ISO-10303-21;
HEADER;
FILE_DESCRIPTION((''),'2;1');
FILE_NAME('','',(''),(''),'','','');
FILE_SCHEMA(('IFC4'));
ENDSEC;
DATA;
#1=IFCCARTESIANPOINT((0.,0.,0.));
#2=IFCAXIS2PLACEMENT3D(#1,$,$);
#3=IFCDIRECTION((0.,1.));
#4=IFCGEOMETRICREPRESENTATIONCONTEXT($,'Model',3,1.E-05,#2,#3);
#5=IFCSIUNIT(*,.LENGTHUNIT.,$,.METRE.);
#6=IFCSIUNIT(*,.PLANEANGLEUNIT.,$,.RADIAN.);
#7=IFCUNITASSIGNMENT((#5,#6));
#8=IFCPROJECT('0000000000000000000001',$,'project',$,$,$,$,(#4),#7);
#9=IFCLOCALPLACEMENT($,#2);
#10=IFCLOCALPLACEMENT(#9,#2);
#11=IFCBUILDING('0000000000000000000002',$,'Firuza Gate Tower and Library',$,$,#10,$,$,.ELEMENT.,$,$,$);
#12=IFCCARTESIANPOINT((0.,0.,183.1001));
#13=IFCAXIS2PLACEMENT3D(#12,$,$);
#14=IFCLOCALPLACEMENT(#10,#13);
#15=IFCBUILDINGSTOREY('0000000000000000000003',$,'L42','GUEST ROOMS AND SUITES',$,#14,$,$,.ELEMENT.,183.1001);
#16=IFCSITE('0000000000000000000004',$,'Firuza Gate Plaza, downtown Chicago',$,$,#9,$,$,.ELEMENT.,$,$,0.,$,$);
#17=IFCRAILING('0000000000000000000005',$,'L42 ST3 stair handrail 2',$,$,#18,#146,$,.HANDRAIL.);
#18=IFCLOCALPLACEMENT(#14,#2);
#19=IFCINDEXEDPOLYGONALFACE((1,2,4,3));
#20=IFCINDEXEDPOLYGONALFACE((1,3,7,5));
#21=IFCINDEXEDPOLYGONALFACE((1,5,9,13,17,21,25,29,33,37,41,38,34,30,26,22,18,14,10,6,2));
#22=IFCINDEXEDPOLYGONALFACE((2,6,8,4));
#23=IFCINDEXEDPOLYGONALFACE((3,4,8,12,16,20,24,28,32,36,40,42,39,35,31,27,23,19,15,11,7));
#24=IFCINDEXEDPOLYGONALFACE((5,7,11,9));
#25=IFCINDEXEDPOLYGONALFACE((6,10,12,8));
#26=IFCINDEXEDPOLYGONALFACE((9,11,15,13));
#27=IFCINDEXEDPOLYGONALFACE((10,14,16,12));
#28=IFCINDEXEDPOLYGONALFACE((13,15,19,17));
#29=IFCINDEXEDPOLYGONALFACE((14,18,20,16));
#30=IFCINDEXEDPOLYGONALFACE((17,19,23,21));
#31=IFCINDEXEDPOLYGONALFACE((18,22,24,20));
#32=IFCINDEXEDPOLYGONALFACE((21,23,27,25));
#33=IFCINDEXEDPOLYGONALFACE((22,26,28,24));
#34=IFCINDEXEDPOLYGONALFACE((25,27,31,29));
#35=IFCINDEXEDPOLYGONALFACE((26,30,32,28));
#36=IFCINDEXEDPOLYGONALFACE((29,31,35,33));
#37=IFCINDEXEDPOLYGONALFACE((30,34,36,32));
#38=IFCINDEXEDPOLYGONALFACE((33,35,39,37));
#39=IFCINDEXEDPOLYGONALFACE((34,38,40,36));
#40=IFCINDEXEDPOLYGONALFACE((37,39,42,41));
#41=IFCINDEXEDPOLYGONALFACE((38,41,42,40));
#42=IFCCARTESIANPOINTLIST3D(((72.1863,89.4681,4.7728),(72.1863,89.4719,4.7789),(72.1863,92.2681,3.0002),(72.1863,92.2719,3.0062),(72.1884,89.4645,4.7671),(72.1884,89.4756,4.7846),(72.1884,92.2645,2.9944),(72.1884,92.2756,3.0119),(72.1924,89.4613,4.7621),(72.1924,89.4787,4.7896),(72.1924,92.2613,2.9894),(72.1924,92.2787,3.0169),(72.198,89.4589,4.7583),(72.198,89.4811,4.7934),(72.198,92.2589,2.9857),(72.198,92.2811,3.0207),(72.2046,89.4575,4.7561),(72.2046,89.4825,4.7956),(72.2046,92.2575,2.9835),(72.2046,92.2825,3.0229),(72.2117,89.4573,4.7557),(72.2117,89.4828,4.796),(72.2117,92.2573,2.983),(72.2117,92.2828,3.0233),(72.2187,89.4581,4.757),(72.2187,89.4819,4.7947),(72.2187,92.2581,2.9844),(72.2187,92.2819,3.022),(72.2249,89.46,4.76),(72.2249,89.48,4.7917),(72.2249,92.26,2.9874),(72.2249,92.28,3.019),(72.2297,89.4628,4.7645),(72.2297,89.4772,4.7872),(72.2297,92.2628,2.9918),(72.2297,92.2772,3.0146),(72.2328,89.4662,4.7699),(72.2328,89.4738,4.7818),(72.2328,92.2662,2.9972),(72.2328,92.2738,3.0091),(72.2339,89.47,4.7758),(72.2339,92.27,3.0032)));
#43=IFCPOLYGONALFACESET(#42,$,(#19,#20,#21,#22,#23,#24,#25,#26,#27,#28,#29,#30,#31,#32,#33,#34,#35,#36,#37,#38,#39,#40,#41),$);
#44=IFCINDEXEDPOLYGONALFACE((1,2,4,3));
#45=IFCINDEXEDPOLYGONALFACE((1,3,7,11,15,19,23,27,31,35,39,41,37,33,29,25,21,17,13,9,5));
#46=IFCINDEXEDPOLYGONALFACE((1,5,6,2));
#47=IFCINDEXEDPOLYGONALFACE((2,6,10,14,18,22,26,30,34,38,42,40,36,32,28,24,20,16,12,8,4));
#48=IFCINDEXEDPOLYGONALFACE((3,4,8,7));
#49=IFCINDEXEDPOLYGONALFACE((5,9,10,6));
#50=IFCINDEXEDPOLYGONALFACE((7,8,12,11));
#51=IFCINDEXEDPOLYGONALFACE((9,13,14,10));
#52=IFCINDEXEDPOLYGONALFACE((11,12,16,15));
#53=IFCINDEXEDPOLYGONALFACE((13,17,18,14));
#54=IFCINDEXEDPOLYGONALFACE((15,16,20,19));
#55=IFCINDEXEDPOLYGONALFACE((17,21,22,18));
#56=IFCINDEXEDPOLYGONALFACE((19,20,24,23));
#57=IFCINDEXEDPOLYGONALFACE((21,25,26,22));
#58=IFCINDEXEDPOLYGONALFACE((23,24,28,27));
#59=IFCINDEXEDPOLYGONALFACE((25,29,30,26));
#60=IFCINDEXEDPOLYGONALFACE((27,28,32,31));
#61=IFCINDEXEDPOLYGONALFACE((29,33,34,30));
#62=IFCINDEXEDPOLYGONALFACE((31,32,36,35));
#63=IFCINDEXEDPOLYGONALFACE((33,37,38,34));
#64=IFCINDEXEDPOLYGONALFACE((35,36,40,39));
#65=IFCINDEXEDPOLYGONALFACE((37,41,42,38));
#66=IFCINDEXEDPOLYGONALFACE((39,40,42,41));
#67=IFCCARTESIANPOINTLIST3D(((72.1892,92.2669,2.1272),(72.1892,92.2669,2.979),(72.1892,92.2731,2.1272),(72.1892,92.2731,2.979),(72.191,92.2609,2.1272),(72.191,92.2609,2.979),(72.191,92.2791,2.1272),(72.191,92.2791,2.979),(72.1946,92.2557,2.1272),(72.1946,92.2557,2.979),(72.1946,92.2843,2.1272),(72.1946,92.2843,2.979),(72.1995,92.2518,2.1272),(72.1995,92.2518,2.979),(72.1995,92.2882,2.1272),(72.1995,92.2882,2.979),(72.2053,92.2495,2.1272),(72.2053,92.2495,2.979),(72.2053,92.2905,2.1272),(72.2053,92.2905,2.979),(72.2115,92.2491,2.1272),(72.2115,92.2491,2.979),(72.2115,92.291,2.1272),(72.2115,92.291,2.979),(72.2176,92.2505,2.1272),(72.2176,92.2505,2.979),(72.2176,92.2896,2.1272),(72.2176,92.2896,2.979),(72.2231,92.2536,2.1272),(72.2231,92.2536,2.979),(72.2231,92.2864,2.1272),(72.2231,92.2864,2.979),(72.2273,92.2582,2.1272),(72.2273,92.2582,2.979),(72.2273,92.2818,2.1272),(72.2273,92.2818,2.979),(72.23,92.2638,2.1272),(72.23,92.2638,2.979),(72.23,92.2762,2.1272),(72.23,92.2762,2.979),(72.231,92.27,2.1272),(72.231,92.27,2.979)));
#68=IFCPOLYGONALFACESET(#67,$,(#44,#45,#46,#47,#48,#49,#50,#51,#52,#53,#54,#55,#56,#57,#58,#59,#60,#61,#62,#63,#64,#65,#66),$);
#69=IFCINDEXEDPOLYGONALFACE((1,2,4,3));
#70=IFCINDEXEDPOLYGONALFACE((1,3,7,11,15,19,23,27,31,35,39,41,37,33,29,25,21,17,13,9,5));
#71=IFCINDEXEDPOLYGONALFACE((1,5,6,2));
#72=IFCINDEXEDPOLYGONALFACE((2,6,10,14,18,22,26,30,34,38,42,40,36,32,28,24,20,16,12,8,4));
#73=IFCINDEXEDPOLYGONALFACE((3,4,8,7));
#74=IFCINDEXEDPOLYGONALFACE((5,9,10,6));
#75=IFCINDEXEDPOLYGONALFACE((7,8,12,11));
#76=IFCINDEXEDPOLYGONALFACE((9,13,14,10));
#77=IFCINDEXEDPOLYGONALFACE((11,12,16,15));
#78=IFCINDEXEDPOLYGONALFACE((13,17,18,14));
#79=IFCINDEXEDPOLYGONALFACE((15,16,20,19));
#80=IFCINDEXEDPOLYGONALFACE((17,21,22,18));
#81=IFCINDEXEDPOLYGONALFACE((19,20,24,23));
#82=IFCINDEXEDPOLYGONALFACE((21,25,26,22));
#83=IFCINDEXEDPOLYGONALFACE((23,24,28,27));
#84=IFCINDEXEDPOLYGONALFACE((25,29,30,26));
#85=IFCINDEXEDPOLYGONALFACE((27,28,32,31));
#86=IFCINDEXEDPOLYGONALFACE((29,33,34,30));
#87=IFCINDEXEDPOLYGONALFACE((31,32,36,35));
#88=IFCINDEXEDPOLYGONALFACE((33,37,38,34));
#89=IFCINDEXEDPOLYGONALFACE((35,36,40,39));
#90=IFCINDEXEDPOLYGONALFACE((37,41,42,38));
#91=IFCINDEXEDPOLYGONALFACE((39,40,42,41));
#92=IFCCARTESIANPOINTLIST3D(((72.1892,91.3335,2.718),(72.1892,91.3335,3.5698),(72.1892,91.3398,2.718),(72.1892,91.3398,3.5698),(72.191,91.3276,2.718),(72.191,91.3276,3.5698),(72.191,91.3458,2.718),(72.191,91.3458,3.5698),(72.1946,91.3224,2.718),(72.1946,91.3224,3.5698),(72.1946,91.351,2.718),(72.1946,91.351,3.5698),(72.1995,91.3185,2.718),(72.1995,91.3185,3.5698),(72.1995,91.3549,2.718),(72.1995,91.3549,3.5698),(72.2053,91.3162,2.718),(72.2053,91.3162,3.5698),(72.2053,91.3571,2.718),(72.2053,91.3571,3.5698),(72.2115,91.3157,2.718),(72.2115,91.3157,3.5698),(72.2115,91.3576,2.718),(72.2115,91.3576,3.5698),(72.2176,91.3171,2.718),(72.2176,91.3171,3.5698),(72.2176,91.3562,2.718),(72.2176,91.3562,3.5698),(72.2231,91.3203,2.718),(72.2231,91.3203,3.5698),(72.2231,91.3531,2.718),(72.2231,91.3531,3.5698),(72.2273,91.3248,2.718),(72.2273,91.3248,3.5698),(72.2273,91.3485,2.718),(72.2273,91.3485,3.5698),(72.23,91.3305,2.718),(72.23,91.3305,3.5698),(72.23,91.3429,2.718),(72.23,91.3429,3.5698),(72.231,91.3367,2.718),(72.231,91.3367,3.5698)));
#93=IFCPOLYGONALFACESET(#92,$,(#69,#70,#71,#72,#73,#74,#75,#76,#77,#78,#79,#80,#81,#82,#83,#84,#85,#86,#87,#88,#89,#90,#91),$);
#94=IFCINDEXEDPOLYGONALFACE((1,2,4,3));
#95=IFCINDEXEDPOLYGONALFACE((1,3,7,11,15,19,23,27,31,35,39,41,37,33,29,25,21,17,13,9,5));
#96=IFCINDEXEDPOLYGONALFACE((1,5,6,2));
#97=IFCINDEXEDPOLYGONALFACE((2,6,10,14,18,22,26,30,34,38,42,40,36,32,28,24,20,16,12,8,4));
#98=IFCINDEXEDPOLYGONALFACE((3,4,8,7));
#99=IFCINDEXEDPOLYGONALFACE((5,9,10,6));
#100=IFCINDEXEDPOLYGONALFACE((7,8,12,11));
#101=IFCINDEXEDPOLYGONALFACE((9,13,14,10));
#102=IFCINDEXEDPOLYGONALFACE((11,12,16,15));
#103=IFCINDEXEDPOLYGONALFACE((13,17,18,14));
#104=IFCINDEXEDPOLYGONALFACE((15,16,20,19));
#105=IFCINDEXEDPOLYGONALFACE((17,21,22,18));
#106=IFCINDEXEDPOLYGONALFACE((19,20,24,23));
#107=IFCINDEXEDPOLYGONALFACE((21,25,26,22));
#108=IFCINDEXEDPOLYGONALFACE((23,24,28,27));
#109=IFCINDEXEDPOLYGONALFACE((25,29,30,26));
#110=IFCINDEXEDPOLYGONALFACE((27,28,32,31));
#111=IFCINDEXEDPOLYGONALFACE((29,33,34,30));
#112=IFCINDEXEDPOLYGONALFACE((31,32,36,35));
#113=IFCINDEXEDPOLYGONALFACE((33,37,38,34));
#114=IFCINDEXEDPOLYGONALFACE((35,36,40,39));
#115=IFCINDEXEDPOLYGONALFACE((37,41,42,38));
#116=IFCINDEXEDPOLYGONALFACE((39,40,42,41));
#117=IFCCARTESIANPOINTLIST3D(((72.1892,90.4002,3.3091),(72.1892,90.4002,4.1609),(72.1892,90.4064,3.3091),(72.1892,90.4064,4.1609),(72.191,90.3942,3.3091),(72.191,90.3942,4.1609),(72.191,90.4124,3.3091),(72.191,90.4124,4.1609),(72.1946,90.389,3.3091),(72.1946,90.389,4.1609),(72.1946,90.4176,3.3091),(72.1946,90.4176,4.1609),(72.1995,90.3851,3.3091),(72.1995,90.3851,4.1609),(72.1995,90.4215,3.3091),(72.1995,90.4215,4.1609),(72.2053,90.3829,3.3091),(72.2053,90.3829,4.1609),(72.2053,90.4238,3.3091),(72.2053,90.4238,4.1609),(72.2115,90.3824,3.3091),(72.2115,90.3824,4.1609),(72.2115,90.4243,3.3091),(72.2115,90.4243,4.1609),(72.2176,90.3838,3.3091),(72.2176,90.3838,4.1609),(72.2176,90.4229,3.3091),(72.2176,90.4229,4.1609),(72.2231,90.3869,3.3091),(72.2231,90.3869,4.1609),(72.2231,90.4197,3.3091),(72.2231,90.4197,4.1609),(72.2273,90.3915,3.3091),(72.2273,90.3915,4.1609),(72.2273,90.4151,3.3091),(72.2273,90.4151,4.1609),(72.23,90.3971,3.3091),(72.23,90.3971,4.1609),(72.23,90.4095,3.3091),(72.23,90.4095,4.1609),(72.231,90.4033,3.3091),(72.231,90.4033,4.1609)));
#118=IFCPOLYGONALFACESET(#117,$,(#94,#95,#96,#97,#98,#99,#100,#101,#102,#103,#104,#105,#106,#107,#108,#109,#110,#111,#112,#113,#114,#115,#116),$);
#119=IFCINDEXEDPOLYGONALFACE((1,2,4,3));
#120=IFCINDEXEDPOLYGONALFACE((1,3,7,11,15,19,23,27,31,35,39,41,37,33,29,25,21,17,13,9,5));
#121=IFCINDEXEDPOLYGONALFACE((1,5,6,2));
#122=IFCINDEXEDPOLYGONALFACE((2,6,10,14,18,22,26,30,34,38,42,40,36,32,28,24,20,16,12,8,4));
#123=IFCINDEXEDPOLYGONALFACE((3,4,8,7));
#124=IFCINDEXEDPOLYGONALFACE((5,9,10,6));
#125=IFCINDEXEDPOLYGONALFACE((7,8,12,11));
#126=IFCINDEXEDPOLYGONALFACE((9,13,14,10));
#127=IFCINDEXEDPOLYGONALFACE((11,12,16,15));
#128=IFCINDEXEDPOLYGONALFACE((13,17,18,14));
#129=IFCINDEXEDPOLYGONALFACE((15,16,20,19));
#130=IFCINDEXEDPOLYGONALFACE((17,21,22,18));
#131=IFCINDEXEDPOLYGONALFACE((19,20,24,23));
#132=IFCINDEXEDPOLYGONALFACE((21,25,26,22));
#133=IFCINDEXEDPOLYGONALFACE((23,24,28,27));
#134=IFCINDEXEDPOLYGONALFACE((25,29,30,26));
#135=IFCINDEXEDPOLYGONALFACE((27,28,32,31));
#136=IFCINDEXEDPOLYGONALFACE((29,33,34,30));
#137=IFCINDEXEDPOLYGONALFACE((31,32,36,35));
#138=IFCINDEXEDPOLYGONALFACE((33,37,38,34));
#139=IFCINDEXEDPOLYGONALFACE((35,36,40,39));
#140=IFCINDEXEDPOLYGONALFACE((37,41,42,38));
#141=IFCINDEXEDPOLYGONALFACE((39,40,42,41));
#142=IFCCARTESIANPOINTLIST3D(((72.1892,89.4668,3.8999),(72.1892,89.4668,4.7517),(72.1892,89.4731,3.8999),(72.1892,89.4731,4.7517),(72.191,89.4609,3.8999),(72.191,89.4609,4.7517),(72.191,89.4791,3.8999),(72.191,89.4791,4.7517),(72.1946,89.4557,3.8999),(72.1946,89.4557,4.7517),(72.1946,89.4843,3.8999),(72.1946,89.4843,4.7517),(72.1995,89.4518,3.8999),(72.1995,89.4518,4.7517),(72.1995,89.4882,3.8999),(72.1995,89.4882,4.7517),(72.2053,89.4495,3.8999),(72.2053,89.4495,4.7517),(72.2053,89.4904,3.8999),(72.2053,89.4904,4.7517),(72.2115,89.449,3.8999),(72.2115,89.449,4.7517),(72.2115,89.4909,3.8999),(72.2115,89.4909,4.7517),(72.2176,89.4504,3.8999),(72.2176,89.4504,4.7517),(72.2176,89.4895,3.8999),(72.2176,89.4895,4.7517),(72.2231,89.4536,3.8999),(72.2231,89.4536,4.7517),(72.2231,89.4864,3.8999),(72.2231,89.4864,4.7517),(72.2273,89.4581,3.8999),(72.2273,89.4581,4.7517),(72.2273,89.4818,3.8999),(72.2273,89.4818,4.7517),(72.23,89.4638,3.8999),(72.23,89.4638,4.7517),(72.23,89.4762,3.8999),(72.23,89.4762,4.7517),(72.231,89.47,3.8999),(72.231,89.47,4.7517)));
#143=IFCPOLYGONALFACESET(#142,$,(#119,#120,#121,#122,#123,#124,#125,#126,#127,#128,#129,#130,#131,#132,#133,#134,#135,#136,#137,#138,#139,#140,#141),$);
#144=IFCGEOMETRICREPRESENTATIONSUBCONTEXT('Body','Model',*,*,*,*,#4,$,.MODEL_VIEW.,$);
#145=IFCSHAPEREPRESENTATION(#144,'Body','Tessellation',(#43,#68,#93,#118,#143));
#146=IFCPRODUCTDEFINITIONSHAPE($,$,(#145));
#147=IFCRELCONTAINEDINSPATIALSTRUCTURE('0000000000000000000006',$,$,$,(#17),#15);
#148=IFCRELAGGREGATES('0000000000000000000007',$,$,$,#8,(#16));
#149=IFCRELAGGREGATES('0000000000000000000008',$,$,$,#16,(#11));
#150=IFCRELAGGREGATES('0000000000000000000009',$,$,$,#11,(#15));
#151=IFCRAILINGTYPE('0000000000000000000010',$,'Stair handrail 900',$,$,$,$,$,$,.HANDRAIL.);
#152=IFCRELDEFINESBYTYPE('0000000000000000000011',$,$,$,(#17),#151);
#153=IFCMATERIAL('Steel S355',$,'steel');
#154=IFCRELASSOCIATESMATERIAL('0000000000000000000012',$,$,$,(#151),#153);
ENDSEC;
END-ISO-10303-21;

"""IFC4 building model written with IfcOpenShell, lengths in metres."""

from ifc_helpers import new_model, si_unit, direction, frame, origin, origin_2d, place, context, subcontext, project, spatial, circle, extrude, material, type_object, element, save


model = new_model("IFC4")

# Units and contexts
model_context = context("Model", 3, precision=1e-05, world=origin(), true_north=direction((0.0, 1.0)))
body_context = subcontext(model_context, "Body", "Model", "MODEL_VIEW")
ifc_project = project(units=[si_unit("LENGTHUNIT", "METRE"), si_unit("PLANEANGLEUNIT", "RADIAN")], contexts=[model_context])

# Site, building, storey
site_placement = place(None, origin())
site = spatial("IfcSite", under=ifc_project, at=site_placement, Name="Firuza Gate Plaza, downtown Chicago", CompositionType="ELEMENT", RefElevation=0.0)
building_placement = place(site_placement, origin())
building = spatial("IfcBuilding", under=site, at=building_placement, Name="Firuza Gate Tower and Library", CompositionType="ELEMENT")
storey_placement = place(building_placement, frame((0.0, 0.0, 183.1001)))
storey = spatial("IfcBuildingStorey", under=building, at=storey_placement, Name="L42", Description="GUEST ROOMS AND SUITES", CompositionType="ELEMENT", Elevation=183.1001)

# Railing
ifc_material_1 = material(Name="Steel S355", Category="steel")
railing_type = type_object("IfcRailingType", Name="Stair handrail 900", PredefinedType="HANDRAIL", material=ifc_material_1)
railing_1_placement = place(storey_placement, frame((72.21, 92.27, 2.1272)))
element("IfcRailing", 1, at=railing_1_placement, inside=storey, type_object=railing_type, Name="L42 ST3 stair handrail 2", PredefinedType="HANDRAIL", context=body_context, shape_type="SweptSolid", body=[
    extrude(circle(Radius=0.0239, at=origin_2d()), frame((0.0, 0.0, 0.876), z_axis=(0.0, -0.844909, 0.53491), x_axis=(1.0, 0.0, 0.0)), (0.0, 0.0, 1.0), 3.314),
    extrude(circle(Radius=0.021, at=origin_2d()), origin(), (0.0, 0.0, 1.0), 0.8518),
    extrude(circle(Radius=0.021, at=origin_2d()), frame((0.0, -0.9333, 0.5908)), (0.0, 0.0, 1.0), 0.8518),
    extrude(circle(Radius=0.021, at=origin_2d()), frame((0.0, -1.8667, 1.1819)), (0.0, 0.0, 1.0), 0.8518),
    extrude(circle(Radius=0.021, at=origin_2d()), frame((0.0, -2.8, 1.7727)), (0.0, 0.0, 1.0), 0.8518),
])

save(model, "model.ifc")
